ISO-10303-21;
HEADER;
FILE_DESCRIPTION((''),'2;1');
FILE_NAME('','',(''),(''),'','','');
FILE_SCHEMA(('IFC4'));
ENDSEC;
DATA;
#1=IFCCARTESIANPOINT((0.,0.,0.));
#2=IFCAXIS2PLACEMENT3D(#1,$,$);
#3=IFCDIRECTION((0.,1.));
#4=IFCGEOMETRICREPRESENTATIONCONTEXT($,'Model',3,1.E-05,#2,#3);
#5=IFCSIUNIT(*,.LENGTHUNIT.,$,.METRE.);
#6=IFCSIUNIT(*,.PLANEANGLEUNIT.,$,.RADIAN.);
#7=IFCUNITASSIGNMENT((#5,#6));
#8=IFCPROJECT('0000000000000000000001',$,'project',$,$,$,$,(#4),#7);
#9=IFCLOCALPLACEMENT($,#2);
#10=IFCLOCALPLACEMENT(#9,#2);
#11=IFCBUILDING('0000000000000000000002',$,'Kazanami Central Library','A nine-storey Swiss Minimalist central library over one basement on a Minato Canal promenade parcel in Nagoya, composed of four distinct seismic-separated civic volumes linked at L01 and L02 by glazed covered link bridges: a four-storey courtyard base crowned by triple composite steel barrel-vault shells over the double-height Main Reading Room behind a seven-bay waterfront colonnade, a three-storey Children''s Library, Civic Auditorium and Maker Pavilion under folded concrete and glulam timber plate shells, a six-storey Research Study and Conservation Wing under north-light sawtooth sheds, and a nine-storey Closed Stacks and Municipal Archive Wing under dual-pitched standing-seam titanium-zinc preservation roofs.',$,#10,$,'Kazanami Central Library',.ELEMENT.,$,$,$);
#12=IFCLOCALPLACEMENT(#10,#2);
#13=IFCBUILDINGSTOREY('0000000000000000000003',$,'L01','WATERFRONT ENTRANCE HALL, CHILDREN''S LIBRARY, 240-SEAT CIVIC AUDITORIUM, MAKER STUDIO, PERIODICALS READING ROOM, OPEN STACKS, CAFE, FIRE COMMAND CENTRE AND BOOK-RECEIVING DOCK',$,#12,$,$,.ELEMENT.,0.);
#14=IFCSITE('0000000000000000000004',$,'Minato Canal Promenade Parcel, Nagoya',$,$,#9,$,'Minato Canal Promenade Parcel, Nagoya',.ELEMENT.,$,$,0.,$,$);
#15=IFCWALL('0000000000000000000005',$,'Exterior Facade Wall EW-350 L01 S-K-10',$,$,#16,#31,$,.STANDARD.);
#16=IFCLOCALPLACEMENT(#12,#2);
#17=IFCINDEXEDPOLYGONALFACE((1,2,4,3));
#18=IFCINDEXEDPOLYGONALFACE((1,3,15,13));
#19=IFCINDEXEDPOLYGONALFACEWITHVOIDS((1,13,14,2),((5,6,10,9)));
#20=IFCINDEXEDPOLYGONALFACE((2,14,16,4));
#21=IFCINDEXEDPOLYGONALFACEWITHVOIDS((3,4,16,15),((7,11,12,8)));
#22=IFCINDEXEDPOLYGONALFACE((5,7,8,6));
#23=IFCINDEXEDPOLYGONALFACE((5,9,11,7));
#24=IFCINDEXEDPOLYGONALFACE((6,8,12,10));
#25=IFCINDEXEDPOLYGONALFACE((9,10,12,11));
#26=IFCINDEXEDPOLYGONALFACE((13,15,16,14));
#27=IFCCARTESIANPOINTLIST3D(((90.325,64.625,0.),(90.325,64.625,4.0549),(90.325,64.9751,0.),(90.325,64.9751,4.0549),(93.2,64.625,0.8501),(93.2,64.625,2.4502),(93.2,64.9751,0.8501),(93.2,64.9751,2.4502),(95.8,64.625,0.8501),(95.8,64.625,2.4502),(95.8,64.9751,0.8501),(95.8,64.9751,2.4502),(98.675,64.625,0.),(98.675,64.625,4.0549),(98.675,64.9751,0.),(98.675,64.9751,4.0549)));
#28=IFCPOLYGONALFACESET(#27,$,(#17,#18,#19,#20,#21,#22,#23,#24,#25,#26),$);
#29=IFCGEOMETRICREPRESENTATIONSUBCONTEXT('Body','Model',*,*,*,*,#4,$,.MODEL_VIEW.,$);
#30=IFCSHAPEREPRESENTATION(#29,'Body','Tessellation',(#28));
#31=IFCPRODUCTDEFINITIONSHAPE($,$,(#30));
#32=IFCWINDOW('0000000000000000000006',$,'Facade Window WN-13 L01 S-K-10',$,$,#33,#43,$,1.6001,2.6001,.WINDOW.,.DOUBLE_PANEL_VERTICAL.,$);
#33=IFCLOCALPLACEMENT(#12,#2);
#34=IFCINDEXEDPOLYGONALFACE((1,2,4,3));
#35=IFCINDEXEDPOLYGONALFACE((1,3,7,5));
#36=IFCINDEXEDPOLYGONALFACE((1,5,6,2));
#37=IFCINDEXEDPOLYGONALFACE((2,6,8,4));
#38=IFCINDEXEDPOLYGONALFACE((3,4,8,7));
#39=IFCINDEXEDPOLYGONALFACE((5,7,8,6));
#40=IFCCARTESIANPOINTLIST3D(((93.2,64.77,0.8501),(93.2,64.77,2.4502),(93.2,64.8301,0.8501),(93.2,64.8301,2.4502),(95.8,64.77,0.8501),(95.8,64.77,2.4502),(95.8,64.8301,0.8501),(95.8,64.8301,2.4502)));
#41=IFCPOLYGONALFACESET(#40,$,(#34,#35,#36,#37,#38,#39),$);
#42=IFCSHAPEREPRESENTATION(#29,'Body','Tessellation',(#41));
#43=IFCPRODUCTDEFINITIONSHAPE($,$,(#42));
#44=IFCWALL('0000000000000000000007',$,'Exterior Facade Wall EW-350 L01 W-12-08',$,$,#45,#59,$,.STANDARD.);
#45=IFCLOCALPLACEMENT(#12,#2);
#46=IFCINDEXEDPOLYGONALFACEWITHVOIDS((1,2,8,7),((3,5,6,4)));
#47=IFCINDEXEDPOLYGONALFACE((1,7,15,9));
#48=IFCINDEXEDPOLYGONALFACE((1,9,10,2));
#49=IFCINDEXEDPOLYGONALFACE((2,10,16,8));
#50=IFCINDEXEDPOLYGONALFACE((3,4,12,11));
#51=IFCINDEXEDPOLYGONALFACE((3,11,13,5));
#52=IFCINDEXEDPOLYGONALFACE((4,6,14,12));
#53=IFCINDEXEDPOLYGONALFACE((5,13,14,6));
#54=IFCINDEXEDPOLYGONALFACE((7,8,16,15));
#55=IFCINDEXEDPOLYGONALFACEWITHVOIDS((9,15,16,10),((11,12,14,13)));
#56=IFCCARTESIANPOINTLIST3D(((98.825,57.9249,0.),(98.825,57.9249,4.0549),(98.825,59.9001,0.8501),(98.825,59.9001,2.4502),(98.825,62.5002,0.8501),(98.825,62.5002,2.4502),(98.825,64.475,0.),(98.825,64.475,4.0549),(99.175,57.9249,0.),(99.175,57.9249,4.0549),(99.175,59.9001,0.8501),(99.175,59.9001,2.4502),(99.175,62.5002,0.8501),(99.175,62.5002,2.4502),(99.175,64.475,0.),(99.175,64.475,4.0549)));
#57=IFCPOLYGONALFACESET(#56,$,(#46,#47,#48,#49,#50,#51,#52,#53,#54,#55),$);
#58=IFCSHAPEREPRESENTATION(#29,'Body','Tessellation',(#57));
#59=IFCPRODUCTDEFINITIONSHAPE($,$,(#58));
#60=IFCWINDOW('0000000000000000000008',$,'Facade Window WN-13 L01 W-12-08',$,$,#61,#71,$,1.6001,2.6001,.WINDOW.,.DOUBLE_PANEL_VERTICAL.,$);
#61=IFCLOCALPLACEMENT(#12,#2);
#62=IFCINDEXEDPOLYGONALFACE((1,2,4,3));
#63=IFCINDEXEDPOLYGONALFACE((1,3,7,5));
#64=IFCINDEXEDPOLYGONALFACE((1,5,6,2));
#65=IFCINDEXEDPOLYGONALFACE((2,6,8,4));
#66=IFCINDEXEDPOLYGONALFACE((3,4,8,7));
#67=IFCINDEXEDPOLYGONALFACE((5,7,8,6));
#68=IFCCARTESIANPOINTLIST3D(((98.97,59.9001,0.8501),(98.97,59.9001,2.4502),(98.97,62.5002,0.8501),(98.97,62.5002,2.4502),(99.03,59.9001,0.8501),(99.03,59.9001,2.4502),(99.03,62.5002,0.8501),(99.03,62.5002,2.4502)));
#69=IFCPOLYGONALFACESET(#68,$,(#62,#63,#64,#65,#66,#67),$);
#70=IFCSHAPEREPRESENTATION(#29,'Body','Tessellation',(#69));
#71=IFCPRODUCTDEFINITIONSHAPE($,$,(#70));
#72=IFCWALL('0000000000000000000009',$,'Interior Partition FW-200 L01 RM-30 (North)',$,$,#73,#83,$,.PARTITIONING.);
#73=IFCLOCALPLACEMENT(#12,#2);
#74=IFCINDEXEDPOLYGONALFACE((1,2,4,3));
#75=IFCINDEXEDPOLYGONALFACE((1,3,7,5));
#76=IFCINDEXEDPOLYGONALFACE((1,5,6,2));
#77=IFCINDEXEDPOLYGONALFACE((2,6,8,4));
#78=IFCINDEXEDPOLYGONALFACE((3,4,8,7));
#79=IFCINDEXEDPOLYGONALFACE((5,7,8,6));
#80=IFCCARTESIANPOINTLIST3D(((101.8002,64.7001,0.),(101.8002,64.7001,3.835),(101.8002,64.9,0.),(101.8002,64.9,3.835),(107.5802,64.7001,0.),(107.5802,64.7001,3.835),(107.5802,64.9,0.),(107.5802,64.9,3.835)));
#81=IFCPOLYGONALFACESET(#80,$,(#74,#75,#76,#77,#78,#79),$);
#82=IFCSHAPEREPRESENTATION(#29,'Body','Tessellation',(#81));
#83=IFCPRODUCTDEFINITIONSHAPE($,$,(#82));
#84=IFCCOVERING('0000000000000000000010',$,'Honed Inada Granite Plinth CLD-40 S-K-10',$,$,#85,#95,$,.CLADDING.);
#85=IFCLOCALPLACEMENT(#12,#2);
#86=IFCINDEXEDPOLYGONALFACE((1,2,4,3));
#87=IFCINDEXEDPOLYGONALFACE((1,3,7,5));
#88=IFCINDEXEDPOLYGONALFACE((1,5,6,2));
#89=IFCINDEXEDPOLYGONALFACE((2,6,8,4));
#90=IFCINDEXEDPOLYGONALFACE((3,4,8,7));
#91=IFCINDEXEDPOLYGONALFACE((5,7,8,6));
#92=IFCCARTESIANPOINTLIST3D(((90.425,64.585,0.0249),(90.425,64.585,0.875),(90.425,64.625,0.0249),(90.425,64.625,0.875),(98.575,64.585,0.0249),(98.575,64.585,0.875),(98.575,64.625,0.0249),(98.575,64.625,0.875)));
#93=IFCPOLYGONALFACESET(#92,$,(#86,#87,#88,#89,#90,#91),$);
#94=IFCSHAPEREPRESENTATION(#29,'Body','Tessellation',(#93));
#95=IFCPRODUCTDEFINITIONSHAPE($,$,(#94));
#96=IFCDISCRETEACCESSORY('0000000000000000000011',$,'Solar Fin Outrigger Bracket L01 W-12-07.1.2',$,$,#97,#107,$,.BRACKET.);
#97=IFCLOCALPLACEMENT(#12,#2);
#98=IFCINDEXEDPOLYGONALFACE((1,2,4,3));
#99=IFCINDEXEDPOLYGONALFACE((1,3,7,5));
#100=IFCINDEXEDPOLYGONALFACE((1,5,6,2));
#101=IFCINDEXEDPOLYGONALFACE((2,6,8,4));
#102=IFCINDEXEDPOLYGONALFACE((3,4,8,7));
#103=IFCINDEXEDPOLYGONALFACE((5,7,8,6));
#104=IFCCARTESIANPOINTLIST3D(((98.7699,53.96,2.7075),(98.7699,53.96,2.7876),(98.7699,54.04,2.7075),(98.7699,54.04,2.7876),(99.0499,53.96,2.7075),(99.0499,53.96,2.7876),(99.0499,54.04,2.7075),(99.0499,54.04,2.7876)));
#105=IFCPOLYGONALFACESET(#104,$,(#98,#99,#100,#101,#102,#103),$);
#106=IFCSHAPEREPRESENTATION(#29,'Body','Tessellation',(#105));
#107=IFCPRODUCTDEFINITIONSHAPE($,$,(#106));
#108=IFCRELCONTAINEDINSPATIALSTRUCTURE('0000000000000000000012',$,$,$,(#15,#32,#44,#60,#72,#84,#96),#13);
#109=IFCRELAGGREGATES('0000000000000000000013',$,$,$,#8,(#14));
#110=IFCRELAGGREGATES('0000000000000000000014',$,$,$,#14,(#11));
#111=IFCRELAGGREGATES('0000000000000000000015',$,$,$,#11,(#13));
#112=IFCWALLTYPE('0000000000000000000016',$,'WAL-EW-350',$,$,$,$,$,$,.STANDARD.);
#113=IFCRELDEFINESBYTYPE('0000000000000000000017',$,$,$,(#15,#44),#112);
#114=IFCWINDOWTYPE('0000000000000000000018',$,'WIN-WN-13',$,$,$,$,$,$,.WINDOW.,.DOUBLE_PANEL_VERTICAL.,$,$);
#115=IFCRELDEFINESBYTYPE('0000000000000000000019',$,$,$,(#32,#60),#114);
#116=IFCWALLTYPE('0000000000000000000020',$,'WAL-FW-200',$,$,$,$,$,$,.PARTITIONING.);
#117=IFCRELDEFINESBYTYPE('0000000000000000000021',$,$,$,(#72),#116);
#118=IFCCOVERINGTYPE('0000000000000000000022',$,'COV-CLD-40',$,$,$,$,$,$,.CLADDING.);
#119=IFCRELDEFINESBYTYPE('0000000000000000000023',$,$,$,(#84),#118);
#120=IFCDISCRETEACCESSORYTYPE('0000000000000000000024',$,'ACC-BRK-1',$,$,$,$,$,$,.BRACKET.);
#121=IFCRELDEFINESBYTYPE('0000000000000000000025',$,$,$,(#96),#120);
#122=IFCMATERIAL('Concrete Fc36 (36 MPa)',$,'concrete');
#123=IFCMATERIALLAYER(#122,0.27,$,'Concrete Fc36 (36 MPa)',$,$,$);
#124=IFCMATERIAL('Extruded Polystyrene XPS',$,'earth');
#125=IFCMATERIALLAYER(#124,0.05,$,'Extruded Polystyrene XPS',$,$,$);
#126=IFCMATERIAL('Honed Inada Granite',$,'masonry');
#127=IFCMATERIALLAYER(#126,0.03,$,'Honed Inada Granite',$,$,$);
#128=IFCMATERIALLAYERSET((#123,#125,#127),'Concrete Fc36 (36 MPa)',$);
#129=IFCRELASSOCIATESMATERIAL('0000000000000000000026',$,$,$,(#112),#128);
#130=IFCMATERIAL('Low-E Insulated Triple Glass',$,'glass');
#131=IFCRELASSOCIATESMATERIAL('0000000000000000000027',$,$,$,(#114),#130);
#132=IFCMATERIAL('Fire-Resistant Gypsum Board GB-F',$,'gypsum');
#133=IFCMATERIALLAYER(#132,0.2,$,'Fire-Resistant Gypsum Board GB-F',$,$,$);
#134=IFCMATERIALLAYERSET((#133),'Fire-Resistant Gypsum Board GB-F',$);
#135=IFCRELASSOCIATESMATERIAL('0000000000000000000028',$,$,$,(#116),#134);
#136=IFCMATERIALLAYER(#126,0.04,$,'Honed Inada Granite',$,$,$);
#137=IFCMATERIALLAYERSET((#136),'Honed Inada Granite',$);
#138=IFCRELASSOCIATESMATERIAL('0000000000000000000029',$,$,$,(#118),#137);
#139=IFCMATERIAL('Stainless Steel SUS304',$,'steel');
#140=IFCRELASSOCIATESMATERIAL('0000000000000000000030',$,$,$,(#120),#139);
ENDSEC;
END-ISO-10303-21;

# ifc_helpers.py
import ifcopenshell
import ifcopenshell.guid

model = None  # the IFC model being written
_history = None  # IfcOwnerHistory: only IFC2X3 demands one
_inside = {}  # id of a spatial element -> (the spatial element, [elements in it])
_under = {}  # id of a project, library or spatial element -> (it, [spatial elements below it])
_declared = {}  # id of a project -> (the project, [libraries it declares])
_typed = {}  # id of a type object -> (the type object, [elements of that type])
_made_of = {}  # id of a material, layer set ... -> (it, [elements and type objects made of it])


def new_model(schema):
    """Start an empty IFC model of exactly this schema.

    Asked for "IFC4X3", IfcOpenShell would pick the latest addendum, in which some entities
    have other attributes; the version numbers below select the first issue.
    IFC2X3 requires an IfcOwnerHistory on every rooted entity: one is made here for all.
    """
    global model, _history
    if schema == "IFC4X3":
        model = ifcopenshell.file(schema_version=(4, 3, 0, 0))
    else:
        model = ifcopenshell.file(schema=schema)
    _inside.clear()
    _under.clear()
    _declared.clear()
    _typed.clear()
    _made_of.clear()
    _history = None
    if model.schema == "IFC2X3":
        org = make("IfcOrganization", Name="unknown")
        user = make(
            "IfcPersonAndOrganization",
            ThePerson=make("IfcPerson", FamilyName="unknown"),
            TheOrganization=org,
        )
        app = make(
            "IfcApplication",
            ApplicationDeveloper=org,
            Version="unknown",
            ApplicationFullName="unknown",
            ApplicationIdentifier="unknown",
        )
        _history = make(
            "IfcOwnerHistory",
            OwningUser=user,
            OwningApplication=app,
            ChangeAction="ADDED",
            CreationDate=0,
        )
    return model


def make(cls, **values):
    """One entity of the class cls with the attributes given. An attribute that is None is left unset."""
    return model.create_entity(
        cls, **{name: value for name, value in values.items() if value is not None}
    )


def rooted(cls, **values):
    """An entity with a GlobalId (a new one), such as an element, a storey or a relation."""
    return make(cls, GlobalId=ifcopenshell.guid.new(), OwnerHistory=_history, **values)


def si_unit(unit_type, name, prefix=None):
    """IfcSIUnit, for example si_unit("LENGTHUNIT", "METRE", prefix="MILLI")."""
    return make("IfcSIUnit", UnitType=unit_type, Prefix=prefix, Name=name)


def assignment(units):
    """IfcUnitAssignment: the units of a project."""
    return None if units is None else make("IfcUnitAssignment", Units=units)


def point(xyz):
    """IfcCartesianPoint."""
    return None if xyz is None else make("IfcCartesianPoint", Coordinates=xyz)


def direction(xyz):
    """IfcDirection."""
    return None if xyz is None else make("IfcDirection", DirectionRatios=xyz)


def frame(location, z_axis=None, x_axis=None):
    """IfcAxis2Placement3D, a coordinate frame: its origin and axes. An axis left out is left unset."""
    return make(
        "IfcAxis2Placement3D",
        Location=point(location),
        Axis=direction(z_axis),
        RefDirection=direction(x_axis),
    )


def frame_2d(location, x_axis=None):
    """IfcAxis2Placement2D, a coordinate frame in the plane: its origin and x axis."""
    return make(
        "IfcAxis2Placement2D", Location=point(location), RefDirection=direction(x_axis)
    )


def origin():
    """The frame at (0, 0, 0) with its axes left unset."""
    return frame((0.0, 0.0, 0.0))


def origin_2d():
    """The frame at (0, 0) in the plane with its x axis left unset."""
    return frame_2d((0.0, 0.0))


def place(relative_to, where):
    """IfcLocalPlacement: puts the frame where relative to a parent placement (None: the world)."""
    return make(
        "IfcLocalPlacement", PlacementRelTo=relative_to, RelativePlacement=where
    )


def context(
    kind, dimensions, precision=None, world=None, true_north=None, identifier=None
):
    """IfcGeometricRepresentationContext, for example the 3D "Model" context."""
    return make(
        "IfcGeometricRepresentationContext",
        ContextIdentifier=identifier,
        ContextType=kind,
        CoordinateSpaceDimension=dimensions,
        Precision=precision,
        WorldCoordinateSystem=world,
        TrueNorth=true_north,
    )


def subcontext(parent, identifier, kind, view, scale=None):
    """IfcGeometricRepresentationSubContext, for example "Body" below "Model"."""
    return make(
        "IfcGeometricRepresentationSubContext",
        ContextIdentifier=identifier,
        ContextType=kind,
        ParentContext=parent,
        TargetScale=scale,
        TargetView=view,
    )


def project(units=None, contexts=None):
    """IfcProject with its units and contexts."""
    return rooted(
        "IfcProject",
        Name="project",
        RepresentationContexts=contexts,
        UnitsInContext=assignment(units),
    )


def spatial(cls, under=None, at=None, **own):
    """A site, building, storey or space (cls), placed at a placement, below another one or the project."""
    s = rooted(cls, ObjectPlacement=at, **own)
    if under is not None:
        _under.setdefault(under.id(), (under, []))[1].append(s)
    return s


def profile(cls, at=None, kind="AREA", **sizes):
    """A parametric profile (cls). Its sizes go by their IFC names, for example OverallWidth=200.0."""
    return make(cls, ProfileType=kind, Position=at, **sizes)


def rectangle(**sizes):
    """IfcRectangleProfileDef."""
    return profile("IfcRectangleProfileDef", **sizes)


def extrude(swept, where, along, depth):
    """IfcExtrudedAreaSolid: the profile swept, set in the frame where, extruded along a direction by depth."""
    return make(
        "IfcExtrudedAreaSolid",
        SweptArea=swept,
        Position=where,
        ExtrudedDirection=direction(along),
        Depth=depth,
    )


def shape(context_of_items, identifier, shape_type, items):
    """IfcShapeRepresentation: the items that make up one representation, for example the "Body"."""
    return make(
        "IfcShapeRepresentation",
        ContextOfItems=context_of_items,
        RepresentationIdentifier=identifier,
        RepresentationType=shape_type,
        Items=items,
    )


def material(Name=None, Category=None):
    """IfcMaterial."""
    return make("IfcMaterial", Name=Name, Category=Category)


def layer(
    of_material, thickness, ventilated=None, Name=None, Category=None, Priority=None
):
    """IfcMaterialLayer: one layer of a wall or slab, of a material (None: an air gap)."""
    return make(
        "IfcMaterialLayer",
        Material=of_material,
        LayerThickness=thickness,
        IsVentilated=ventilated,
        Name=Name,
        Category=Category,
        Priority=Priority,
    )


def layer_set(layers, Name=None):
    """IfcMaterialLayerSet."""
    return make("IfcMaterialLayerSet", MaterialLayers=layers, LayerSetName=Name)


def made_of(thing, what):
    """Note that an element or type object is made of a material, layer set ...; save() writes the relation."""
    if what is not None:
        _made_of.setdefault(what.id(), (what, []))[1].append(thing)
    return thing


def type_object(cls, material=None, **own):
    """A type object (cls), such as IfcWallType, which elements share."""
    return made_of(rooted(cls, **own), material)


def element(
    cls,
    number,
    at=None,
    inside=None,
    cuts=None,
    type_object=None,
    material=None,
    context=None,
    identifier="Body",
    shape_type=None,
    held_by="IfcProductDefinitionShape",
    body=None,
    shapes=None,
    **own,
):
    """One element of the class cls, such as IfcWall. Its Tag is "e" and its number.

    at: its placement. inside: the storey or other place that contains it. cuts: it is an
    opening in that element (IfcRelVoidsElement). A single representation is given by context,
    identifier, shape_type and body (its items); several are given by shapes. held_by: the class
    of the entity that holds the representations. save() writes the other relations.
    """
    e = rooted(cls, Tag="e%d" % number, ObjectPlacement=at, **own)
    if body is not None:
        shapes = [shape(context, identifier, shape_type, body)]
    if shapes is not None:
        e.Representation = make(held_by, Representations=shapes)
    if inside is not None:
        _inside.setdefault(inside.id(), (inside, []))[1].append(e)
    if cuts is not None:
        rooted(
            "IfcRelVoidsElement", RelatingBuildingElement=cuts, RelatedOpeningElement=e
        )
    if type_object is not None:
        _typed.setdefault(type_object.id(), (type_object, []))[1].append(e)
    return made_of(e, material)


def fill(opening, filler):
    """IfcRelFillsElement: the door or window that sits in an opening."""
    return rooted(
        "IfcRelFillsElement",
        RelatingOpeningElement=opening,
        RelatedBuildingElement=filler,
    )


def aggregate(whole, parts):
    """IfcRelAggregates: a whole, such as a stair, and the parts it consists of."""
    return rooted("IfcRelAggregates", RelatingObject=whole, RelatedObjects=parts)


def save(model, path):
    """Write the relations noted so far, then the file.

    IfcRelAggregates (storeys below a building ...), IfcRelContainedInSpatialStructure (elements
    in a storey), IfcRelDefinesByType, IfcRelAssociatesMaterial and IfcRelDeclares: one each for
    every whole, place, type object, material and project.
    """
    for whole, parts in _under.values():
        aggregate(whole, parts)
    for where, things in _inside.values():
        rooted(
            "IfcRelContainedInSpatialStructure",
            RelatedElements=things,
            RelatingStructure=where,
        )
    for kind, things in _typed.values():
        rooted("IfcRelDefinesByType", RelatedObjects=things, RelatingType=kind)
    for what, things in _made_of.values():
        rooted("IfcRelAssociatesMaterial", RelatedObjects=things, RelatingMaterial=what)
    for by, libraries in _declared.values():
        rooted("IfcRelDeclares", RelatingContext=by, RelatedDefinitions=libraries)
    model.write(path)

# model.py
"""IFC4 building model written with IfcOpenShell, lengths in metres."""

from ifc_helpers import new_model, si_unit, direction, frame, frame_2d, origin, origin_2d, place, context, subcontext, project, spatial, rectangle, extrude, material, layer, layer_set, type_object, element, fill, save


model = new_model("IFC4")

# Units and contexts
model_context = context("Model", 3, precision=1e-05, world=origin(), true_north=direction((0.0, 1.0)))
body_context = subcontext(model_context, "Body", "Model", "MODEL_VIEW")
ifc_project = project(units=[si_unit("LENGTHUNIT", "METRE"), si_unit("PLANEANGLEUNIT", "RADIAN")], contexts=[model_context])

# Site, building, storey
site_placement = place(None, origin())
site = spatial("IfcSite", under=ifc_project, at=site_placement, Name="Minato Canal Promenade Parcel, Nagoya", LongName="Minato Canal Promenade Parcel, Nagoya", CompositionType="ELEMENT", RefElevation=0.0)
building_placement = place(site_placement, origin())
building = spatial("IfcBuilding", under=site, at=building_placement, Name="Kazanami Central Library", Description="A nine-storey Swiss Minimalist central library over one basement on a Minato Canal promenade parcel in Nagoya, composed of four distinct seismic-separated civic volumes linked at L01 and L02 by glazed covered link bridges: a four-storey courtyard base crowned by triple composite steel barrel-vault shells over the double-height Main Reading Room behind a seven-bay waterfront colonnade, a three-storey Children's Library, Civic Auditorium and Maker Pavilion under folded concrete and glulam timber plate shells, a six-storey Research Study and Conservation Wing under north-light sawtooth sheds, and a nine-storey Closed Stacks and Municipal Archive Wing under dual-pitched standing-seam titanium-zinc preservation roofs.", LongName="Kazanami Central Library", CompositionType="ELEMENT")
storey_placement = place(building_placement, origin())
storey = spatial("IfcBuildingStorey", under=building, at=storey_placement, Name="L01", Description="WATERFRONT ENTRANCE HALL, CHILDREN'S LIBRARY, 240-SEAT CIVIC AUDITORIUM, MAKER STUDIO, PERIODICALS READING ROOM, OPEN STACKS, CAFE, FIRE COMMAND CENTRE AND BOOK-RECEIVING DOCK", CompositionType="ELEMENT", Elevation=0.0)

# Shared definitions
ifc_material_1 = material(Name="Low-E Insulated Triple Glass", Category="glass")

# Walls, openings, windows
ifc_material_2 = material(Name="Concrete Fc36 (36 MPa)", Category="concrete")
ifc_layer_1 = layer(ifc_material_2, 0.27, Name="Concrete Fc36 (36 MPa)")
ifc_material_3 = material(Name="Extruded Polystyrene XPS", Category="earth")
ifc_layer_2 = layer(ifc_material_3, 0.05, Name="Extruded Polystyrene XPS")
ifc_material_4 = material(Name="Honed Inada Granite", Category="masonry")
ifc_layer_3 = layer(ifc_material_4, 0.03, Name="Honed Inada Granite")
ifc_layer_set_1 = layer_set([ifc_layer_1, ifc_layer_2, ifc_layer_3], Name="Concrete Fc36 (36 MPa)")
wall_type_1 = type_object("IfcWallType", Name="WAL-EW-350", PredefinedType="STANDARD", material=ifc_layer_set_1)
wall_1_placement = place(storey_placement, frame((90.325, 64.8, 0.0), z_axis=(0.0, 0.0, 1.0), x_axis=(1.0, 0.0, 0.0)))
wall_1 = element("IfcWall", 1, at=wall_1_placement, inside=storey, type_object=wall_type_1, Name="Exterior Facade Wall EW-350 L01 S-K-10", PredefinedType="STANDARD", context=body_context, shape_type="SweptSolid", body=[
    extrude(rectangle(XDim=8.3501, YDim=0.3501, at=frame_2d((4.175, 0.0))), origin(), (0.0, 0.0, 1.0), 4.0549),
])
opening_1_placement = place(wall_1_placement, frame((2.875, 0.0, 0.8501)))
opening_1 = element("IfcOpeningElement", 2, at=opening_1_placement, cuts=wall_1, PredefinedType="OPENING", context=body_context, shape_type="SweptSolid", body=[
    extrude(rectangle(XDim=2.6001, YDim=1.6001, at=frame_2d((1.3, 0.8))), frame((0.0, 0.187, 0.0), z_axis=(0.0, -1.0, 0.0), x_axis=(1.0, 0.0, 0.0)), (0.0, 0.0, 1.0), 0.374),
])
window_type = type_object("IfcWindowType", Name="WIN-WN-13", PartitioningType="DOUBLE_PANEL_VERTICAL", PredefinedType="WINDOW", material=ifc_material_1)
window_1_placement = place(opening_1_placement, origin())
window_1 = element("IfcWindow", 3, at=window_1_placement, inside=storey, type_object=window_type, Name="Facade Window WN-13 L01 S-K-10", OverallHeight=1.6001, OverallWidth=2.6001, PartitioningType="DOUBLE_PANEL_VERTICAL", PredefinedType="WINDOW", context=body_context, shape_type="SweptSolid", body=[
    extrude(rectangle(XDim=2.6001, YDim=1.6001, at=frame_2d((1.3, 0.8))), frame((0.0, 0.03, 0.0), z_axis=(0.0, -1.0, 0.0), x_axis=(1.0, 0.0, 0.0)), (0.0, 0.0, 1.0), 0.0601),
])
fill(opening_1, window_1)
wall_2_placement = place(storey_placement, frame((99.0, 57.925, 0.0), z_axis=(0.0, 0.0, 1.0), x_axis=(0.0, 1.0, 0.0)))
wall_2 = element("IfcWall", 4, at=wall_2_placement, inside=storey, type_object=wall_type_1, Name="Exterior Facade Wall EW-350 L01 W-12-08", PredefinedType="STANDARD", context=body_context, shape_type="SweptSolid", body=[
    extrude(rectangle(XDim=6.55, YDim=0.3501, at=frame_2d((3.2749, 0.0))), origin(), (0.0, 0.0, 1.0), 4.0549),
])
opening_2_placement = place(wall_2_placement, frame((1.9751, 0.0, 0.8501)))
opening_2 = element("IfcOpeningElement", 5, at=opening_2_placement, cuts=wall_2, PredefinedType="OPENING", context=body_context, shape_type="SweptSolid", body=[
    extrude(rectangle(XDim=2.6001, YDim=1.6001, at=frame_2d((1.3, 0.8))), frame((0.0, 0.187, 0.0), z_axis=(0.0, -1.0, 0.0), x_axis=(1.0, 0.0, 0.0)), (0.0, 0.0, 1.0), 0.374),
])
window_2_placement = place(opening_2_placement, origin())
window_2 = element("IfcWindow", 6, at=window_2_placement, inside=storey, type_object=window_type, Name="Facade Window WN-13 L01 W-12-08", OverallHeight=1.6001, OverallWidth=2.6001, PartitioningType="DOUBLE_PANEL_VERTICAL", PredefinedType="WINDOW", context=body_context, shape_type="SweptSolid", body=[
    extrude(rectangle(XDim=2.6001, YDim=1.6001, at=frame_2d((1.3, 0.8))), frame((0.0, 0.03, 0.0), z_axis=(0.0, -1.0, 0.0), x_axis=(1.0, 0.0, 0.0)), (0.0, 0.0, 1.0), 0.0601),
])
fill(opening_2, window_2)

# Wall
ifc_material_5 = material(Name="Fire-Resistant Gypsum Board GB-F", Category="gypsum")
ifc_layer_4 = layer(ifc_material_5, 0.2, Name="Fire-Resistant Gypsum Board GB-F")
ifc_layer_set_2 = layer_set([ifc_layer_4], Name="Fire-Resistant Gypsum Board GB-F")
wall_type_2 = type_object("IfcWallType", Name="WAL-FW-200", PredefinedType="PARTITIONING", material=ifc_layer_set_2)
wall_3_placement = place(storey_placement, frame((101.8, 64.8, 0.0), z_axis=(0.0, 0.0, 1.0), x_axis=(1.0, 0.0, 0.0)))
element("IfcWall", 7, at=wall_3_placement, inside=storey, type_object=wall_type_2, Name="Interior Partition FW-200 L01 RM-30 (North)", PredefinedType="PARTITIONING", context=body_context, shape_type="SweptSolid", body=[
    extrude(rectangle(XDim=5.78, YDim=0.2, at=frame_2d((2.8901, 0.0))), origin(), (0.0, 0.0, 1.0), 3.835),
])

# Covering
ifc_layer_5 = layer(ifc_material_4, 0.04, Name="Honed Inada Granite")
ifc_layer_set_3 = layer_set([ifc_layer_5], Name="Honed Inada Granite")
covering_type = type_object("IfcCoveringType", Name="COV-CLD-40", PredefinedType="CLADDING", material=ifc_layer_set_3)
covering_placement = place(storey_placement, frame((94.5, 64.605, 0.0249), z_axis=(0.0, 0.0, 1.0), x_axis=(1.0, 0.0, 0.0)))
element("IfcCovering", 8, at=covering_placement, inside=storey, type_object=covering_type, Name="Honed Inada Granite Plinth CLD-40 S-K-10", PredefinedType="CLADDING", context=body_context, shape_type="SweptSolid", body=[
    extrude(rectangle(XDim=8.1499, YDim=0.04, at=origin_2d()), origin(), (0.0, 0.0, 1.0), 0.8501),
])

# Discrete accessory
ifc_material_6 = material(Name="Stainless Steel SUS304", Category="steel")
discrete_accessory_type = type_object("IfcDiscreteAccessoryType", Name="ACC-BRK-1", PredefinedType="BRACKET", material=ifc_material_6)
discrete_accessory_placement = place(storey_placement, frame((98.9099, 54.0, 2.7075), z_axis=(0.0, 0.0, 1.0), x_axis=(0.0, 1.0, 0.0)))
element("IfcDiscreteAccessory", 9, at=discrete_accessory_placement, inside=storey, type_object=discrete_accessory_type, Name="Solar Fin Outrigger Bracket L01 W-12-07.1.2", PredefinedType="BRACKET", context=body_context, shape_type="SweptSolid", body=[
    extrude(rectangle(XDim=0.0801, YDim=0.28, at=origin_2d()), origin(), (0.0, 0.0, 1.0), 0.0801),
])

save(model, "model.ifc")
